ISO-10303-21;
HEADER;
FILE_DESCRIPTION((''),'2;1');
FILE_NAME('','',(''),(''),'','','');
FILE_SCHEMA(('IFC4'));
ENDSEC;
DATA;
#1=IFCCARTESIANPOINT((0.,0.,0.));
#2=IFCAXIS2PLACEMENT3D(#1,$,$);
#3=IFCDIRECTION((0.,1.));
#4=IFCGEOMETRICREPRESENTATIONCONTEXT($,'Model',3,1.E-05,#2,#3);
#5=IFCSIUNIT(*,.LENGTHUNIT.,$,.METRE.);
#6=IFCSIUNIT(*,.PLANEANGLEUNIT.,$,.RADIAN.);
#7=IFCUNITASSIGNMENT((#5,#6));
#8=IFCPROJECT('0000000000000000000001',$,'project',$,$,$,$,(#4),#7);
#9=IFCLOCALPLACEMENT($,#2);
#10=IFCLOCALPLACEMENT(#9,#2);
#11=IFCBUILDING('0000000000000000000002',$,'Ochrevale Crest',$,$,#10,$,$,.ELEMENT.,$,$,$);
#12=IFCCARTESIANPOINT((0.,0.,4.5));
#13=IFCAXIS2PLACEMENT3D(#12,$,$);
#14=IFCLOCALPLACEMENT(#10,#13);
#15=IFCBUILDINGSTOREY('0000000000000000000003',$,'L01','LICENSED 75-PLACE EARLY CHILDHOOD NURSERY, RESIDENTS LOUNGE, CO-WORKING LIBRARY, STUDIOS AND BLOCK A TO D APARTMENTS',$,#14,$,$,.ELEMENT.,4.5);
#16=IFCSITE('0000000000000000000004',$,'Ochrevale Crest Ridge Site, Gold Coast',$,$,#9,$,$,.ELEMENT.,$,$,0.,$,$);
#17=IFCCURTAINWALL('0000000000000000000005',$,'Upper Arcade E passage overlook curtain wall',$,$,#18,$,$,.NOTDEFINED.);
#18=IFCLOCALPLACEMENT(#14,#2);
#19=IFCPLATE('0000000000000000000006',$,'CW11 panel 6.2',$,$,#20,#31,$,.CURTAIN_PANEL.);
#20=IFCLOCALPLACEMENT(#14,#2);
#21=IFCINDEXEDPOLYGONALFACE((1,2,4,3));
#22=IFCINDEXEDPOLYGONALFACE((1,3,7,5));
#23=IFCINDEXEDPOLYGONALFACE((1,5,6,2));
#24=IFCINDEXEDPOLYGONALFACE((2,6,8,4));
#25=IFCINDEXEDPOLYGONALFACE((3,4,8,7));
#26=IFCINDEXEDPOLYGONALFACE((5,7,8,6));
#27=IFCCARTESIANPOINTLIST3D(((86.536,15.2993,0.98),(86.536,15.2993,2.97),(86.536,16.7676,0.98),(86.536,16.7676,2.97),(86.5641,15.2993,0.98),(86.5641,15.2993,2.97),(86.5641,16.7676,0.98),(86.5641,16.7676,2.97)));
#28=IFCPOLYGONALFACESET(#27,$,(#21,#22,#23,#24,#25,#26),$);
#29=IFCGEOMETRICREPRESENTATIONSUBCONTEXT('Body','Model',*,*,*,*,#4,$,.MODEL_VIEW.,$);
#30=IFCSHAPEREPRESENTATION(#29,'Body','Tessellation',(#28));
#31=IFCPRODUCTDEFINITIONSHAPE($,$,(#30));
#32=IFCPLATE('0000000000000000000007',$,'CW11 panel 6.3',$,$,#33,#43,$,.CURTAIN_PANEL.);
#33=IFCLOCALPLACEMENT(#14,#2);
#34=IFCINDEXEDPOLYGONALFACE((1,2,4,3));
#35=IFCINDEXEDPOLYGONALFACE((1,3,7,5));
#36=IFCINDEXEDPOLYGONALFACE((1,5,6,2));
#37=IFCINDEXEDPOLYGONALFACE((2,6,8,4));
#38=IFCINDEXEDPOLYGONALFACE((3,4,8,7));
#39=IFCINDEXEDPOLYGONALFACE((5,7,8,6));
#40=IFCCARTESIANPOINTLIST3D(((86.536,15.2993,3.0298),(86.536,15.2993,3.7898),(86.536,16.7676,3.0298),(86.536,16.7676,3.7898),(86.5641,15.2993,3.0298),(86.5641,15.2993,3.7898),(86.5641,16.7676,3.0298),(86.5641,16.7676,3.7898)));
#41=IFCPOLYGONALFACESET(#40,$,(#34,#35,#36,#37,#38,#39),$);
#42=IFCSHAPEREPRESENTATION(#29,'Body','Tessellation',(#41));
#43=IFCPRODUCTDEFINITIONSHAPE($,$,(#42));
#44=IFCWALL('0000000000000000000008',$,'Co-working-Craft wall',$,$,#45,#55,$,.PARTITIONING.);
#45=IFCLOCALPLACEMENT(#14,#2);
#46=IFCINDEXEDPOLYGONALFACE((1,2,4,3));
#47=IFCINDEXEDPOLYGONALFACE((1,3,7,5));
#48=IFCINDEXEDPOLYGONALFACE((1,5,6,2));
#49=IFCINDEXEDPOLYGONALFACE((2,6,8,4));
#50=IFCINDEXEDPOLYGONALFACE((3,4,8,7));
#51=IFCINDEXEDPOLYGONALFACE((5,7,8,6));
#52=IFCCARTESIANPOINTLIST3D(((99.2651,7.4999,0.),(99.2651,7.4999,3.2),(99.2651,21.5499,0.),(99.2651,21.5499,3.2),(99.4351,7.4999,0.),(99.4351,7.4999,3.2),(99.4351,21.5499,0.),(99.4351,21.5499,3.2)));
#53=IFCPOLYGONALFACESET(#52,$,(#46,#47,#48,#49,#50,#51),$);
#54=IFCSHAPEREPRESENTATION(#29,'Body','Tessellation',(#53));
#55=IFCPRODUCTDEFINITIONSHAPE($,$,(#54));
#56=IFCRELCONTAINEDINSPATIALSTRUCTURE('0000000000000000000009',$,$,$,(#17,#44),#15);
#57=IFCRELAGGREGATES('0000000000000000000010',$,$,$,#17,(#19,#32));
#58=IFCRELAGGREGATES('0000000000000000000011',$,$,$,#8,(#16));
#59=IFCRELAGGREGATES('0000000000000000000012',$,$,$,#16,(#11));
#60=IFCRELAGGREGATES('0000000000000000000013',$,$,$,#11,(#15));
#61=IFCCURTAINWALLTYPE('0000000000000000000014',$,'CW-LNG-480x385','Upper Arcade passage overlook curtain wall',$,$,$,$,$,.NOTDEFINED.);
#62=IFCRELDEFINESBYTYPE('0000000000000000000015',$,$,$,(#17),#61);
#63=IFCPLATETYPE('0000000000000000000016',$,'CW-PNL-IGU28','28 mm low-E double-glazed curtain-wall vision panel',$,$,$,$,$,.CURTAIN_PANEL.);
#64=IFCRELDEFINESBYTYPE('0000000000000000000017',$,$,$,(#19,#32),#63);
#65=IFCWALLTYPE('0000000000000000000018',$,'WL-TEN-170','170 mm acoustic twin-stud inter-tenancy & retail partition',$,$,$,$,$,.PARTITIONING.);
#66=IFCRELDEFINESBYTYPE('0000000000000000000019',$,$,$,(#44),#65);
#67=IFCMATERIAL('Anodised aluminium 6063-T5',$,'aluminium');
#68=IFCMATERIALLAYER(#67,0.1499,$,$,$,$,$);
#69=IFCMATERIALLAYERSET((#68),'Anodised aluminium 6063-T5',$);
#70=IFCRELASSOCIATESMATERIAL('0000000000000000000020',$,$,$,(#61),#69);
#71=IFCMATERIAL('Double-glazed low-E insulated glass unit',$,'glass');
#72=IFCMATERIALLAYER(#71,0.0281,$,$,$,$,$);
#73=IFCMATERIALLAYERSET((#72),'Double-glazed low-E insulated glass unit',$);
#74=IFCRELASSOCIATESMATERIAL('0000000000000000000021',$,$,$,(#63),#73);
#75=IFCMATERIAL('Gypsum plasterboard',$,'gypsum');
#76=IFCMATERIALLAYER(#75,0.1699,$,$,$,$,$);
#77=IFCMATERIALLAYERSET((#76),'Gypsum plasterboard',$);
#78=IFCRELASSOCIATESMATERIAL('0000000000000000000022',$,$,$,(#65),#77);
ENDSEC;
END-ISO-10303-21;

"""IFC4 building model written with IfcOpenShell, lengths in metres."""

from ifc_helpers import new_model, si_unit, direction, frame, frame_2d, origin, origin_2d, place, context, subcontext, project, spatial, rectangle, extrude, material, layer, layer_set, type_object, element, aggregate, save


model = new_model("IFC4")

# Units and contexts
model_context = context("Model", 3, precision=1e-05, world=origin(), true_north=direction((0.0, 1.0)))
body_context = subcontext(model_context, "Body", "Model", "MODEL_VIEW")
ifc_project = project(units=[si_unit("LENGTHUNIT", "METRE"), si_unit("PLANEANGLEUNIT", "RADIAN")], contexts=[model_context])

# Site, building, storey
site_placement = place(None, origin())
site = spatial("IfcSite", under=ifc_project, at=site_placement, Name="Ochrevale Crest Ridge Site, Gold Coast", CompositionType="ELEMENT", RefElevation=0.0)
building_placement = place(site_placement, origin())
building = spatial("IfcBuilding", under=site, at=building_placement, Name="Ochrevale Crest", CompositionType="ELEMENT")
storey_placement = place(building_placement, frame((0.0, 0.0, 4.5)))
storey = spatial("IfcBuildingStorey", under=building, at=storey_placement, Name="L01", Description="LICENSED 75-PLACE EARLY CHILDHOOD NURSERY, RESIDENTS LOUNGE, CO-WORKING LIBRARY, STUDIOS AND BLOCK A TO D APARTMENTS", CompositionType="ELEMENT", Elevation=4.5)

# Curtain wall, plates
ifc_material_1 = material(Name="Anodised aluminium 6063-T5", Category="aluminium")
ifc_layer_1 = layer(ifc_material_1, 0.1499)
ifc_layer_set_1 = layer_set([ifc_layer_1], Name="Anodised aluminium 6063-T5")
curtain_wall_type = type_object("IfcCurtainWallType", Name="CW-LNG-480x385", Description="Upper Arcade passage overlook curtain wall", PredefinedType="NOTDEFINED", material=ifc_layer_set_1)
curtain_wall_placement = place(storey_placement, origin())
curtain_wall = element("IfcCurtainWall", 1, at=curtain_wall_placement, inside=storey, type_object=curtain_wall_type, Name="Upper Arcade E passage overlook curtain wall", PredefinedType="NOTDEFINED")
ifc_material_2 = material(Name="Double-glazed low-E insulated glass unit", Category="glass")
ifc_layer_2 = layer(ifc_material_2, 0.0281)
ifc_layer_set_2 = layer_set([ifc_layer_2], Name="Double-glazed low-E insulated glass unit")
plate_type = type_object("IfcPlateType", Name="CW-PNL-IGU28", Description="28 mm low-E double-glazed curtain-wall vision panel", PredefinedType="CURTAIN_PANEL", material=ifc_layer_set_2)
plate_1_placement = place(storey_placement, frame((86.55, 16.0334, 0.98), z_axis=(0.0, 0.0, 1.0), x_axis=(0.0, 1.0, 0.0)))
plate_1 = element("IfcPlate", 2, at=plate_1_placement, type_object=plate_type, Name="CW11 panel 6.2", PredefinedType="CURTAIN_PANEL", context=body_context, shape_type="SweptSolid", body=[
    extrude(rectangle(XDim=1.4683, YDim=0.0281, at=origin_2d()), origin(), (0.0, 0.0, 1.0), 1.99),
])
plate_2_placement = place(storey_placement, frame((86.55, 16.0334, 3.0298), z_axis=(0.0, 0.0, 1.0), x_axis=(0.0, 1.0, 0.0)))
plate_2 = element("IfcPlate", 3, at=plate_2_placement, type_object=plate_type, Name="CW11 panel 6.3", PredefinedType="CURTAIN_PANEL", context=body_context, shape_type="SweptSolid", body=[
    extrude(rectangle(XDim=1.4683, YDim=0.0281, at=origin_2d()), origin(), (0.0, 0.0, 1.0), 0.76),
])
aggregate(curtain_wall, [plate_1, plate_2])

# Wall
ifc_material_3 = material(Name="Gypsum plasterboard", Category="gypsum")
ifc_layer_3 = layer(ifc_material_3, 0.1699)
ifc_layer_set_3 = layer_set([ifc_layer_3], Name="Gypsum plasterboard")
wall_type = type_object("IfcWallType", Name="WL-TEN-170", Description="170 mm acoustic twin-stud inter-tenancy & retail partition", PredefinedType="PARTITIONING", material=ifc_layer_set_3)
wall_placement = place(storey_placement, frame((99.3501, 7.5, 0.0), z_axis=(0.0, 0.0, 1.0), x_axis=(0.0, 1.0, 0.0)))
element("IfcWall", 4, at=wall_placement, inside=storey, type_object=wall_type, Name="Co-working-Craft wall", PredefinedType="PARTITIONING", context=body_context, shape_type="SweptSolid", body=[
    extrude(rectangle(XDim=14.05, YDim=0.1699, at=frame_2d((7.0249, 0.0))), origin(), (0.0, 0.0, 1.0), 3.2),
])

save(model, "model.ifc")
